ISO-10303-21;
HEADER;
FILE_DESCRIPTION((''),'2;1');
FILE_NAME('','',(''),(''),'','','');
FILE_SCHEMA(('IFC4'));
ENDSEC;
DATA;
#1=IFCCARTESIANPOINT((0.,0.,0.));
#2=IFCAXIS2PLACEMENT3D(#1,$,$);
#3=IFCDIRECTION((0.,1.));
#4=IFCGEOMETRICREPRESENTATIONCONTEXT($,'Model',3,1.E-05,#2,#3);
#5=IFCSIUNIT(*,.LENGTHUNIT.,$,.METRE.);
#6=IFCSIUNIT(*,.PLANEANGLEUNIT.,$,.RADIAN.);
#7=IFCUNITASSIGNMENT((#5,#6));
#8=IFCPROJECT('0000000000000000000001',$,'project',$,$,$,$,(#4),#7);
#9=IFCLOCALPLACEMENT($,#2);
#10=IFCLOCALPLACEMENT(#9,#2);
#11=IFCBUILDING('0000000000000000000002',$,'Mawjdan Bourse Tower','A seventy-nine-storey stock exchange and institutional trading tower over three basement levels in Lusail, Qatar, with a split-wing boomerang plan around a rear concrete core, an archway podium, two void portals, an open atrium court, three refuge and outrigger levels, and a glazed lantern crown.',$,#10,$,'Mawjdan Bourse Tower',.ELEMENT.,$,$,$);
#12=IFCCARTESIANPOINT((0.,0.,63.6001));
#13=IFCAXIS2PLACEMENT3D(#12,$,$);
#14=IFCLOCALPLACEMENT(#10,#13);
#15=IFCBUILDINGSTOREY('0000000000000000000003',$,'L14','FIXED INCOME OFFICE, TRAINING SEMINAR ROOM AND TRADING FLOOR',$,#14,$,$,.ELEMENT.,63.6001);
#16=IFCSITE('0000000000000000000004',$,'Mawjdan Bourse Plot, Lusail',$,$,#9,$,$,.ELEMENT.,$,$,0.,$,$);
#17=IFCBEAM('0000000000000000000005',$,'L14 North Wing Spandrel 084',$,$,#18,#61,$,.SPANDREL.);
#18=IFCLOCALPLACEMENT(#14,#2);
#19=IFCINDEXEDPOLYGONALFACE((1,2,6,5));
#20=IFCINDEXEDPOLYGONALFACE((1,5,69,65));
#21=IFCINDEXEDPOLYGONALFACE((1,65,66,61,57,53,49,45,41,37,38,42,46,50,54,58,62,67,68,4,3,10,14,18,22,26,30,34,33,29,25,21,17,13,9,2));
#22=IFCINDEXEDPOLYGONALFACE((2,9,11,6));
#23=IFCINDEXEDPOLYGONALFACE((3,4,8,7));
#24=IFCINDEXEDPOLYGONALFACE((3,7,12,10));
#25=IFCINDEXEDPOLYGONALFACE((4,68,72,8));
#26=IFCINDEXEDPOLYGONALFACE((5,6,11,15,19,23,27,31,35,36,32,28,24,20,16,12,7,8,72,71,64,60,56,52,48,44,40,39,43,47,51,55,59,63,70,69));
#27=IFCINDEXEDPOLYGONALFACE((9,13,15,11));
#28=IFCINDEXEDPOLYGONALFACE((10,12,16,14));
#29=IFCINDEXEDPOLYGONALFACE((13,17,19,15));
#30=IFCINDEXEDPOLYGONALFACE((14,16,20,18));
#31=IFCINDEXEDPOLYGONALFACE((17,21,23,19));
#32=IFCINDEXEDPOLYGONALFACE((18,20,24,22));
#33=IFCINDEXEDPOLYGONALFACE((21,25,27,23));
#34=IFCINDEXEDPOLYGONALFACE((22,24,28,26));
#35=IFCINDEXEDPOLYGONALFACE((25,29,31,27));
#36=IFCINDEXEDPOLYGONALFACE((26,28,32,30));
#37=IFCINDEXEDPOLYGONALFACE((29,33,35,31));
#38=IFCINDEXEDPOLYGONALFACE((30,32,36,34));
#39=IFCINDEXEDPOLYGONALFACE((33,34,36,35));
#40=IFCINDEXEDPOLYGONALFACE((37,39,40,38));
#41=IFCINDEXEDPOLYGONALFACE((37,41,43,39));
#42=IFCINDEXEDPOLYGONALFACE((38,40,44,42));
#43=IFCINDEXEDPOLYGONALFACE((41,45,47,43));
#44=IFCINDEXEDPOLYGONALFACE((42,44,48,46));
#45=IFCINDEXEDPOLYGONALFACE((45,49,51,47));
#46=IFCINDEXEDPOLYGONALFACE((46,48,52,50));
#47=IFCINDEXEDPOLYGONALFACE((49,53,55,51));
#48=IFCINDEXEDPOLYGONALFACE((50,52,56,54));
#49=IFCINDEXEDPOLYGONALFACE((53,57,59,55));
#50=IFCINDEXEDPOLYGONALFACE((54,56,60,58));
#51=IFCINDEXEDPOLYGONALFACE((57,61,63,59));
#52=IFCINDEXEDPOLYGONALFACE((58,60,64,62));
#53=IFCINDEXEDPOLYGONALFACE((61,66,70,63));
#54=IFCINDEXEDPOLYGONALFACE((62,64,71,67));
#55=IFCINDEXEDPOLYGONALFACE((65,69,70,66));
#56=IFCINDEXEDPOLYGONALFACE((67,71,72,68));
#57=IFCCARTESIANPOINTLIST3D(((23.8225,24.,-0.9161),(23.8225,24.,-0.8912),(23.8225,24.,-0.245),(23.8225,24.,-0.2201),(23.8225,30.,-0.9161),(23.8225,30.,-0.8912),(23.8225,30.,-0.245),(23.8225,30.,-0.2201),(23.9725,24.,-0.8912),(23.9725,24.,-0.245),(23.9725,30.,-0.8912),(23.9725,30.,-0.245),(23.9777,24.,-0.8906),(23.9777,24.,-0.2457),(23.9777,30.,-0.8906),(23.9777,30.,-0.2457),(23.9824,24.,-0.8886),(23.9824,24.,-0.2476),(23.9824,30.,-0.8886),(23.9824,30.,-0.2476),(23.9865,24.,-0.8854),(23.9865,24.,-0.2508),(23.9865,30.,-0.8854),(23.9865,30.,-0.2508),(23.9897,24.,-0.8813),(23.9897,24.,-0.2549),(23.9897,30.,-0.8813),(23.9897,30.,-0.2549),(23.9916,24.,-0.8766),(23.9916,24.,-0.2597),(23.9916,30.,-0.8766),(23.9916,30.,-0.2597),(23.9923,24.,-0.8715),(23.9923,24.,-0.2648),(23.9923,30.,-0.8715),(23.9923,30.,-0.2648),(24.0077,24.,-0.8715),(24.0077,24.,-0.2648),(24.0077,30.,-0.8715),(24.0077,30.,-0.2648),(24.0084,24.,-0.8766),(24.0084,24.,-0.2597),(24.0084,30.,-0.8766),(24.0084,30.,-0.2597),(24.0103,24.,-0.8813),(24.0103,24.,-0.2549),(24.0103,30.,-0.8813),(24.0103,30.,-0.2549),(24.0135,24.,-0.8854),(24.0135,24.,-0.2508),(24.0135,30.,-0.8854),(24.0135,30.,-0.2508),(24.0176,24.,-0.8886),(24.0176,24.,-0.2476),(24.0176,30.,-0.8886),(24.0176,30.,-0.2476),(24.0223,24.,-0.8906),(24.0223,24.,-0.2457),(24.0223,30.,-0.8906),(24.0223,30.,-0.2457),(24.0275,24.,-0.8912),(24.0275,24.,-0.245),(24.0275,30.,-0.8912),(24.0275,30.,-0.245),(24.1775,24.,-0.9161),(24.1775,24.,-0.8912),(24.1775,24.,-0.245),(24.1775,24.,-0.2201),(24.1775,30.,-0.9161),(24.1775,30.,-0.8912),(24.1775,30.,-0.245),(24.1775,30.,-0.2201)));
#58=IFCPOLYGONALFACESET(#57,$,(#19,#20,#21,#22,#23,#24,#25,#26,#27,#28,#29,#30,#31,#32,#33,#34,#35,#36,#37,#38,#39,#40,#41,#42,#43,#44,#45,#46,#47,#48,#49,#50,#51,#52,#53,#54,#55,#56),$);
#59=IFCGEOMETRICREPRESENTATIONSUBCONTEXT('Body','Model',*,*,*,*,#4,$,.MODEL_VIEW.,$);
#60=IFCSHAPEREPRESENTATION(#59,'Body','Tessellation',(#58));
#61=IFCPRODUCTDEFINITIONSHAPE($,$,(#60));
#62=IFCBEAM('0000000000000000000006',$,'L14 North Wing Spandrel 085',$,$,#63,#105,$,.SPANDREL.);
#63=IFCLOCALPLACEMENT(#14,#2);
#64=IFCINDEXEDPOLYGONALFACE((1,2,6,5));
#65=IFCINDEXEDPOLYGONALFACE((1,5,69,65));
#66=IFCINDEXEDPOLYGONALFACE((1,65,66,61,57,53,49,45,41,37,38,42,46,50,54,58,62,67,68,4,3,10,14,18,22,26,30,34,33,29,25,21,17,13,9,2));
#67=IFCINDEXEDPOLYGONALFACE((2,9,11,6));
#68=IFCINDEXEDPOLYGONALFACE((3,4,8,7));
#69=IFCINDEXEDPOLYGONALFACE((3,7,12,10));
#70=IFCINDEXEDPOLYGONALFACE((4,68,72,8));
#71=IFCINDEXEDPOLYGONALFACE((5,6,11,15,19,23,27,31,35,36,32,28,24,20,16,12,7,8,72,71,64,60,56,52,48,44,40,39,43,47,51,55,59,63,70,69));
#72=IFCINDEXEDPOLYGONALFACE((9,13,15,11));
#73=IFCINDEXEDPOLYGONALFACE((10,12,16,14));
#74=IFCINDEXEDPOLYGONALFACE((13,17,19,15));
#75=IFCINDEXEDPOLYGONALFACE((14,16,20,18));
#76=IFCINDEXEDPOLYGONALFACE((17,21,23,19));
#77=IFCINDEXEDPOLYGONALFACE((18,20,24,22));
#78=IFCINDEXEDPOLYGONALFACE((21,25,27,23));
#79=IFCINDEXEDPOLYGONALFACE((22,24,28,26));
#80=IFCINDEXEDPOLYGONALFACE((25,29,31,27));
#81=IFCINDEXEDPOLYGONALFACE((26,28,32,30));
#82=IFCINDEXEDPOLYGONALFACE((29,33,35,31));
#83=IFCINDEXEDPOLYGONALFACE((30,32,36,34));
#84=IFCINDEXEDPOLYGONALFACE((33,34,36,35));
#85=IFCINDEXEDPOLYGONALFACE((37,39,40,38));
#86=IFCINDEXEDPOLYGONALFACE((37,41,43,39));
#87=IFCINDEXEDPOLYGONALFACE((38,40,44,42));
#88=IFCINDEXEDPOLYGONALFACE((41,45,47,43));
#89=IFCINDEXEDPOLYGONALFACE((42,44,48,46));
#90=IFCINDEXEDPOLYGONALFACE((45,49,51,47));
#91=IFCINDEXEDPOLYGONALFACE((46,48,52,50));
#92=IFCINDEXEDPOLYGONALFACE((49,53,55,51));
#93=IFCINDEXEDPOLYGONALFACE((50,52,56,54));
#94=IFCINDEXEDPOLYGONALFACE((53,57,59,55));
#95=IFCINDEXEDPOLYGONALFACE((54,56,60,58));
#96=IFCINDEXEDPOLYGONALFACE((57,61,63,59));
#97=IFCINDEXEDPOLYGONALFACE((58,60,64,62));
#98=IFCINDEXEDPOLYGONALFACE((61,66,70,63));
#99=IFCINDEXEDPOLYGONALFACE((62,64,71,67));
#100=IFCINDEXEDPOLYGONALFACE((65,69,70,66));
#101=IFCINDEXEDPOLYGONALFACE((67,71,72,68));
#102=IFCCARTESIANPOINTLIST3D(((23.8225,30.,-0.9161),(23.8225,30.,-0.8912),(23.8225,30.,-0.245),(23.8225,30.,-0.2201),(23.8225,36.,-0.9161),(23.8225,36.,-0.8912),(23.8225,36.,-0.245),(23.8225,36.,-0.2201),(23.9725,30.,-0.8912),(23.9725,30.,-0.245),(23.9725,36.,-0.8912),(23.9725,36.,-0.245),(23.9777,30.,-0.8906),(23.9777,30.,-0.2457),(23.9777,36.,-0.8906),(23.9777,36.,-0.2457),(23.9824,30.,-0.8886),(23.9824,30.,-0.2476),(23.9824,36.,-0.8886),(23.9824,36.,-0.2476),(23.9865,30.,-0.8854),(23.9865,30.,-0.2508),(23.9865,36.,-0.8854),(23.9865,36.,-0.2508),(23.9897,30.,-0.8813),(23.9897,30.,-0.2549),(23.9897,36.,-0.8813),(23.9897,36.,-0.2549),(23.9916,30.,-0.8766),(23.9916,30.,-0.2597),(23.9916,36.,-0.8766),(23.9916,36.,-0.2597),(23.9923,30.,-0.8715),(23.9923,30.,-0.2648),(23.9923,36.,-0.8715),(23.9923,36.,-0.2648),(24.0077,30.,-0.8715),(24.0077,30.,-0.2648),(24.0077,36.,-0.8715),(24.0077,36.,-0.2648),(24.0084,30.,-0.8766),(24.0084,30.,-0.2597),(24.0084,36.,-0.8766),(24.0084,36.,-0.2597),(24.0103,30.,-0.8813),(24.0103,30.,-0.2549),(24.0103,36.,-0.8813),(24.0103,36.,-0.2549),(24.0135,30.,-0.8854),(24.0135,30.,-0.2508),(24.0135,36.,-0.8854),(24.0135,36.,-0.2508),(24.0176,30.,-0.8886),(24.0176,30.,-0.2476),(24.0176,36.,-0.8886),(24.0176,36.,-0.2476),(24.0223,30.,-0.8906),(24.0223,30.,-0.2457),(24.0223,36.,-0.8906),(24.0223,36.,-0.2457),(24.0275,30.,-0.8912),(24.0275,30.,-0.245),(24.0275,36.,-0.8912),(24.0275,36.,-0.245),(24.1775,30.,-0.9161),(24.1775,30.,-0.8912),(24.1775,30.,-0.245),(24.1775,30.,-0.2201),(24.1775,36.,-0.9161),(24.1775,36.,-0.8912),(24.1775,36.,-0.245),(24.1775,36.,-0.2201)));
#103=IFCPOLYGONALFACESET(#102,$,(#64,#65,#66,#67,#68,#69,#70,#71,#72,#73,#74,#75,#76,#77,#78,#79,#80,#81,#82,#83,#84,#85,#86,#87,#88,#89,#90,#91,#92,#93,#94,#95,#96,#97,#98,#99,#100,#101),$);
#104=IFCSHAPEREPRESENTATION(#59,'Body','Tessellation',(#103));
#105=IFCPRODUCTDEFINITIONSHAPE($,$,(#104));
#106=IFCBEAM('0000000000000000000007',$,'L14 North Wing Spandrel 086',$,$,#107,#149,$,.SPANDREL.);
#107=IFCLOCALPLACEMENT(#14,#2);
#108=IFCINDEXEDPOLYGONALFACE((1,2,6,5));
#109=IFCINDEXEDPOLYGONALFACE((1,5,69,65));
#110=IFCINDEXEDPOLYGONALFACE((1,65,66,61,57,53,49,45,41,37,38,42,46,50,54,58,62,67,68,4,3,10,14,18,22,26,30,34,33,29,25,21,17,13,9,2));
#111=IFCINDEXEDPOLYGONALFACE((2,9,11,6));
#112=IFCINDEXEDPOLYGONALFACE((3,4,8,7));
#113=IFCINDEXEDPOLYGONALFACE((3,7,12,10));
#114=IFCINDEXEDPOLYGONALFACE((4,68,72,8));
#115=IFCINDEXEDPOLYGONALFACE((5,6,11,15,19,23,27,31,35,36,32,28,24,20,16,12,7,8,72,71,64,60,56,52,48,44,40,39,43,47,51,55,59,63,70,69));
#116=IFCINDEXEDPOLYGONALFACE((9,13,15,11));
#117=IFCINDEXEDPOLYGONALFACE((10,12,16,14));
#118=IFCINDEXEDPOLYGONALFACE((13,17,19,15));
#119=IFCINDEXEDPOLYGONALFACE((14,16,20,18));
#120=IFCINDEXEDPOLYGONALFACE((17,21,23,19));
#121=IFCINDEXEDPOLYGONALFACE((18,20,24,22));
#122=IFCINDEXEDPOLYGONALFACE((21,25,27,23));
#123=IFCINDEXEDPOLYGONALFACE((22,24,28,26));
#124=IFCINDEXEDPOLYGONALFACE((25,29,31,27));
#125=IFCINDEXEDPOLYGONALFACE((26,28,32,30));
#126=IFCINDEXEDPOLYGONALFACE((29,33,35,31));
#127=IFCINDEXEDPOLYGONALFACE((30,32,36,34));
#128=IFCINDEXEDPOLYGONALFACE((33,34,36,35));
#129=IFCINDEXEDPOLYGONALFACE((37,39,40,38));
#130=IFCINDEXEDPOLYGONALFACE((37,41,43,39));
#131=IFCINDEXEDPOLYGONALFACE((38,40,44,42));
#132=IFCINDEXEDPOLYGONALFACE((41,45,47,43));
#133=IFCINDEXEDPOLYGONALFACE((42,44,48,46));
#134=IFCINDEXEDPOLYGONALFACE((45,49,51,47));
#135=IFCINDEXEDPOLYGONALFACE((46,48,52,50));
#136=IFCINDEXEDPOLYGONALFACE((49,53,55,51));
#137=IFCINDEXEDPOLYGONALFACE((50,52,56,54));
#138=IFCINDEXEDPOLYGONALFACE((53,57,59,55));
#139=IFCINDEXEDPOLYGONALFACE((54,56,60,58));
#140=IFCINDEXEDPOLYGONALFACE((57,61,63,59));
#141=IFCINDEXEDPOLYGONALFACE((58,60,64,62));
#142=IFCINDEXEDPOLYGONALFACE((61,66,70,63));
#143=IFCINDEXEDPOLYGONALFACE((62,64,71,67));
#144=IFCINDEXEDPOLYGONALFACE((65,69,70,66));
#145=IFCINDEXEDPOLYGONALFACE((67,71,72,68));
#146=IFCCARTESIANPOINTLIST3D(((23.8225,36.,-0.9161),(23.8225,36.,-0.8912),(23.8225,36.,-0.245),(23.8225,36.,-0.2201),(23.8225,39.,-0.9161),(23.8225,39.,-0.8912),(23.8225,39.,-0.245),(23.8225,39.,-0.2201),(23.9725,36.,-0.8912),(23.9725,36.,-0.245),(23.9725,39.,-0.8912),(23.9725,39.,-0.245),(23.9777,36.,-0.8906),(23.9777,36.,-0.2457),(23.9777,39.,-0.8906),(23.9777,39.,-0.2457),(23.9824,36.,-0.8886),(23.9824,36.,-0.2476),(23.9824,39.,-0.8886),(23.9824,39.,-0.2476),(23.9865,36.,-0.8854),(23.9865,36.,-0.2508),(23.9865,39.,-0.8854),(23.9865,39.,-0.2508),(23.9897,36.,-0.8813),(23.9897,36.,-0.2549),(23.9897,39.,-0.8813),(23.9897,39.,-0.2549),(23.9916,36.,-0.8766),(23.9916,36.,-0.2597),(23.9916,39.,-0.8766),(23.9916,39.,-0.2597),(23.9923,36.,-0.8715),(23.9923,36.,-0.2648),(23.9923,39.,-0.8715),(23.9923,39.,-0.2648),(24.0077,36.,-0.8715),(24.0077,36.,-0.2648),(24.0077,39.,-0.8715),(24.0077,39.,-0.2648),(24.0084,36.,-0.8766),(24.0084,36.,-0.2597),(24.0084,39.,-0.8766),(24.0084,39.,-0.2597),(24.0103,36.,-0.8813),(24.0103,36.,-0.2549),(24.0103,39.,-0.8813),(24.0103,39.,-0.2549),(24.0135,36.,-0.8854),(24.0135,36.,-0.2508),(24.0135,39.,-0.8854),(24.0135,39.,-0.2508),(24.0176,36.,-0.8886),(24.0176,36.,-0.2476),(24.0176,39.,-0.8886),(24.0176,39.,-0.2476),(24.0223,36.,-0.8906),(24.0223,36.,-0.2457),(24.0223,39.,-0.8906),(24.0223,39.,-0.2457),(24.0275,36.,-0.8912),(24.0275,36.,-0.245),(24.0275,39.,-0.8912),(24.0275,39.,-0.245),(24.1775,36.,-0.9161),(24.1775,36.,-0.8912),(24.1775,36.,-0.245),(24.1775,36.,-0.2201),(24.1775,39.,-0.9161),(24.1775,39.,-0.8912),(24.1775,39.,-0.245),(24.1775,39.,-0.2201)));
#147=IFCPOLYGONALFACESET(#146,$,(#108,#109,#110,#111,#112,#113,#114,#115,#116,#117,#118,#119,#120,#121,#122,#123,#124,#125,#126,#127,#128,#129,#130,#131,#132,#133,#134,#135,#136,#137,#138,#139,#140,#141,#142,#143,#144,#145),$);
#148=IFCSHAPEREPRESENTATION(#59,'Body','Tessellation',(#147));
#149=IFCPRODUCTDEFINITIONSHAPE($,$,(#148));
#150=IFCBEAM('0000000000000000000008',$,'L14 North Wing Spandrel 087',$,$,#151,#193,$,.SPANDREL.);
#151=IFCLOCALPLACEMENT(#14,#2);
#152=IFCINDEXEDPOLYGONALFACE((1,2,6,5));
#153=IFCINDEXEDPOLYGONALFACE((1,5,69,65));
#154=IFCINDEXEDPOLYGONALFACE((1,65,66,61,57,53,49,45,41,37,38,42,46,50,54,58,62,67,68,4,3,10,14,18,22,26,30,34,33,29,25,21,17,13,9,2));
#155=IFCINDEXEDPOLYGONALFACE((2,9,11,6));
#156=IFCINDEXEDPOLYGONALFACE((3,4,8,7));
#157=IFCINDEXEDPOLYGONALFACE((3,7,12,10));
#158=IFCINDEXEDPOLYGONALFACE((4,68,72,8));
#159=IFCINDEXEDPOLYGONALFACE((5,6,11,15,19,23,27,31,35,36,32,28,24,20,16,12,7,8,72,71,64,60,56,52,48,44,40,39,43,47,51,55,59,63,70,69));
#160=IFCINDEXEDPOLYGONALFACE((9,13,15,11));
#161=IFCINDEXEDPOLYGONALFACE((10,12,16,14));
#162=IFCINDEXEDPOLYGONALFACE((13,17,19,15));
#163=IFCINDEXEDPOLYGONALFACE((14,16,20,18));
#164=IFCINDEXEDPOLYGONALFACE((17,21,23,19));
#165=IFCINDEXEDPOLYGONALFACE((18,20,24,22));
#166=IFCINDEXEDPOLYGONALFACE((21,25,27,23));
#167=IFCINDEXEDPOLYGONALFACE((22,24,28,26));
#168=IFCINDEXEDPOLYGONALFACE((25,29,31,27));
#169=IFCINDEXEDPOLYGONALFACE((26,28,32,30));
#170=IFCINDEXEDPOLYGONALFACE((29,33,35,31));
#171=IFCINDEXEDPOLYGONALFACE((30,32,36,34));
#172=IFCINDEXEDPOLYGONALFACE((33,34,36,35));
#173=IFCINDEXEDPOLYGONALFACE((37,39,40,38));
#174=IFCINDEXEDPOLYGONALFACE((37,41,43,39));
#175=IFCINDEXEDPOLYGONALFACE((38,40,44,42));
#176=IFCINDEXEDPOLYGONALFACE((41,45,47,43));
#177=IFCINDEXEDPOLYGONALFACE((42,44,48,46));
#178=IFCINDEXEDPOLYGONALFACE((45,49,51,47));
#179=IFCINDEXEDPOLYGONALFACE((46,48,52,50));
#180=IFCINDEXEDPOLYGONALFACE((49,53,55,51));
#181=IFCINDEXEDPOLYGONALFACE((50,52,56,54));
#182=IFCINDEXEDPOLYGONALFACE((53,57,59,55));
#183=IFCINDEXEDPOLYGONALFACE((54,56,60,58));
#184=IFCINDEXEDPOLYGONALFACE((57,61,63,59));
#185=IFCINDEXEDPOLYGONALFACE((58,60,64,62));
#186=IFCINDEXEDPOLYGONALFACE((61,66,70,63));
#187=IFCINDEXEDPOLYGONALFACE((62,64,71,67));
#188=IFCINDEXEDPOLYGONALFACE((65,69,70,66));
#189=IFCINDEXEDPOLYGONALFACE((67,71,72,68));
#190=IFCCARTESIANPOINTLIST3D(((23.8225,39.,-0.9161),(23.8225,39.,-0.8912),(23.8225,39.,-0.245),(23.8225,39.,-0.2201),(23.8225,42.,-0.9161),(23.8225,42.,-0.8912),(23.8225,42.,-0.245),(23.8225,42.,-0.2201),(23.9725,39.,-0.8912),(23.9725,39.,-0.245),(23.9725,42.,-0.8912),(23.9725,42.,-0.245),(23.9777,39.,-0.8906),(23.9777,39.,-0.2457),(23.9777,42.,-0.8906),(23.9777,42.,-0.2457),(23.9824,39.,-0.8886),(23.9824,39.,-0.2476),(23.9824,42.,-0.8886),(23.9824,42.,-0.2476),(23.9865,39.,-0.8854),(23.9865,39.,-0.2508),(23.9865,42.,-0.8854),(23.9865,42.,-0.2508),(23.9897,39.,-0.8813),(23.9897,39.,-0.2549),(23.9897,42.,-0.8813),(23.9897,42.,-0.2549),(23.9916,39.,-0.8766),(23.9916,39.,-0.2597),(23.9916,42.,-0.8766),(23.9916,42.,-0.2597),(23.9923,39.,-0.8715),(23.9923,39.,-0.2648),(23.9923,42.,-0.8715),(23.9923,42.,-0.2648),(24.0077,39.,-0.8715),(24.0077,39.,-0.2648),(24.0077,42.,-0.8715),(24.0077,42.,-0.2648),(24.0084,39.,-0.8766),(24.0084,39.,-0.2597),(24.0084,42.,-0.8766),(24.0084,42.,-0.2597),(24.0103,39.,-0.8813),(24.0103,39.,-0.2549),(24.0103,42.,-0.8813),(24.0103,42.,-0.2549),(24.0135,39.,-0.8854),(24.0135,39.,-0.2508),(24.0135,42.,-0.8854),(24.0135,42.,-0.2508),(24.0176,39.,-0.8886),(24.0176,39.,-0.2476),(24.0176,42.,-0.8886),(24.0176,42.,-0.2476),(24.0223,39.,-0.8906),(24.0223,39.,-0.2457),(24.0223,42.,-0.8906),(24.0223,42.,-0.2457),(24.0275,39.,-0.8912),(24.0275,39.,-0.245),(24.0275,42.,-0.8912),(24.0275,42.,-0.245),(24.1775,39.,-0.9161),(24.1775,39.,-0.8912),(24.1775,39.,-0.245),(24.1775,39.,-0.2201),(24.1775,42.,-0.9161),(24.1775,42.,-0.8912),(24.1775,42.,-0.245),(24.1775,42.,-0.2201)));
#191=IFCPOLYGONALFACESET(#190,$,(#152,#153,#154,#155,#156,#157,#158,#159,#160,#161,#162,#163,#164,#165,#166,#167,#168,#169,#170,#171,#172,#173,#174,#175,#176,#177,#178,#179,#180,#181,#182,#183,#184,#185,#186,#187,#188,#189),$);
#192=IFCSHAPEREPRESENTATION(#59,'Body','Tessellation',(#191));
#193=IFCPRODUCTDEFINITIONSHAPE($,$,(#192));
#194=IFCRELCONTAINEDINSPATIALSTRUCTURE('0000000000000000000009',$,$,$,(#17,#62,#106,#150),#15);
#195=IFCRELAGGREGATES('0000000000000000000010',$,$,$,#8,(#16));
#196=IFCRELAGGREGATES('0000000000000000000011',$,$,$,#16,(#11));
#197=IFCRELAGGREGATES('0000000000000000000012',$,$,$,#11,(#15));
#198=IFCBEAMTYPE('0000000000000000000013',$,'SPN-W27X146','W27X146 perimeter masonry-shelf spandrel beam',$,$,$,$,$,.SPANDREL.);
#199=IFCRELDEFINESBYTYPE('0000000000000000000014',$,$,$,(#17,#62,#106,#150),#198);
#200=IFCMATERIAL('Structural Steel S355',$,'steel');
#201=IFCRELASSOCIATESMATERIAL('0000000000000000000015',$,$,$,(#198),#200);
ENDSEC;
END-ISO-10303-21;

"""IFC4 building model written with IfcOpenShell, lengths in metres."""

from ifc_helpers import new_model, si_unit, direction, frame, origin, origin_2d, place, context, subcontext, project, spatial, i_section, extrude, material, material_profile, profile_set, type_object, element, save


model = new_model("IFC4")

# Units and contexts
model_context = context("Model", 3, precision=1e-05, world=origin(), true_north=direction((0.0, 1.0)))
body_context = subcontext(model_context, "Body", "Model", "MODEL_VIEW")
ifc_project = project(units=[si_unit("LENGTHUNIT", "METRE"), si_unit("PLANEANGLEUNIT", "RADIAN")], contexts=[model_context])

# Site, building, storey
site_placement = place(None, origin())
site = spatial("IfcSite", under=ifc_project, at=site_placement, Name="Mawjdan Bourse Plot, Lusail", CompositionType="ELEMENT", RefElevation=0.0)
building_placement = place(site_placement, origin())
building = spatial("IfcBuilding", under=site, at=building_placement, Name="Mawjdan Bourse Tower", Description="A seventy-nine-storey stock exchange and institutional trading tower over three basement levels in Lusail, Qatar, with a split-wing boomerang plan around a rear concrete core, an archway podium, two void portals, an open atrium court, three refuge and outrigger levels, and a glazed lantern crown.", LongName="Mawjdan Bourse Tower", CompositionType="ELEMENT")
storey_placement = place(building_placement, frame((0.0, 0.0, 63.6001)))
storey = spatial("IfcBuildingStorey", under=building, at=storey_placement, Name="L14", Description="FIXED INCOME OFFICE, TRAINING SEMINAR ROOM AND TRADING FLOOR", CompositionType="ELEMENT", Elevation=63.6001)

# Beams
ifc_material_1 = material(Name="Structural Steel S355", Category="steel")
ifc_material_profile_1 = material_profile(ifc_material_1, i_section(OverallWidth=0.355, OverallDepth=0.696, WebThickness=0.0154, FlangeThickness=0.0249, FilletRadius=0.0198, at=origin_2d()), Name="W27X146")
ifc_profile_set_1 = profile_set([ifc_material_profile_1], Name="Structural Steel S355")
beam_type_1 = type_object("IfcBeamType", Name="SPN-W27X146", Description="W27X146 perimeter masonry-shelf spandrel beam", PredefinedType="SPANDREL", material=ifc_profile_set_1)
for number, where, z_axis, x_axis, name in (
    (1, (24.0, 24.0, -0.5681), (0.0, 1.0, 0.0), (-1.0, 0.0, 0.0), "L14 North Wing Spandrel 084"),
    (2, (24.0, 30.0, -0.5681), (0.0, 1.0, 0.0), (-1.0, 0.0, 0.0), "L14 North Wing Spandrel 085"),
):
    element("IfcBeam", number, at=place(storey_placement, frame(where, z_axis=z_axis, x_axis=x_axis)), inside=storey, type_object=beam_type_1, Name=name, PredefinedType="SPANDREL", context=body_context, shape_type="SweptSolid", body=[
        extrude(i_section(OverallWidth=0.355, OverallDepth=0.696, WebThickness=0.0154, FlangeThickness=0.0249, FilletRadius=0.0198, at=origin_2d()), origin(), (0.0, 0.0, 1.0), 6.0),
    ])
for number, where, z_axis, x_axis, name in (
    (3, (24.0, 36.0, -0.5681), (0.0, 1.0, 0.0), (-1.0, 0.0, 0.0), "L14 North Wing Spandrel 086"),
    (4, (24.0, 39.0, -0.5681), (0.0, 1.0, 0.0), (-1.0, 0.0, 0.0), "L14 North Wing Spandrel 087"),
):
    element("IfcBeam", number, at=place(storey_placement, frame(where, z_axis=z_axis, x_axis=x_axis)), inside=storey, type_object=beam_type_1, Name=name, PredefinedType="SPANDREL", context=body_context, shape_type="SweptSolid", body=[
        extrude(i_section(OverallWidth=0.355, OverallDepth=0.696, WebThickness=0.0154, FlangeThickness=0.0249, FilletRadius=0.0198, at=origin_2d()), origin(), (0.0, 0.0, 1.0), 3.0),
    ])

save(model, "model.ifc")
